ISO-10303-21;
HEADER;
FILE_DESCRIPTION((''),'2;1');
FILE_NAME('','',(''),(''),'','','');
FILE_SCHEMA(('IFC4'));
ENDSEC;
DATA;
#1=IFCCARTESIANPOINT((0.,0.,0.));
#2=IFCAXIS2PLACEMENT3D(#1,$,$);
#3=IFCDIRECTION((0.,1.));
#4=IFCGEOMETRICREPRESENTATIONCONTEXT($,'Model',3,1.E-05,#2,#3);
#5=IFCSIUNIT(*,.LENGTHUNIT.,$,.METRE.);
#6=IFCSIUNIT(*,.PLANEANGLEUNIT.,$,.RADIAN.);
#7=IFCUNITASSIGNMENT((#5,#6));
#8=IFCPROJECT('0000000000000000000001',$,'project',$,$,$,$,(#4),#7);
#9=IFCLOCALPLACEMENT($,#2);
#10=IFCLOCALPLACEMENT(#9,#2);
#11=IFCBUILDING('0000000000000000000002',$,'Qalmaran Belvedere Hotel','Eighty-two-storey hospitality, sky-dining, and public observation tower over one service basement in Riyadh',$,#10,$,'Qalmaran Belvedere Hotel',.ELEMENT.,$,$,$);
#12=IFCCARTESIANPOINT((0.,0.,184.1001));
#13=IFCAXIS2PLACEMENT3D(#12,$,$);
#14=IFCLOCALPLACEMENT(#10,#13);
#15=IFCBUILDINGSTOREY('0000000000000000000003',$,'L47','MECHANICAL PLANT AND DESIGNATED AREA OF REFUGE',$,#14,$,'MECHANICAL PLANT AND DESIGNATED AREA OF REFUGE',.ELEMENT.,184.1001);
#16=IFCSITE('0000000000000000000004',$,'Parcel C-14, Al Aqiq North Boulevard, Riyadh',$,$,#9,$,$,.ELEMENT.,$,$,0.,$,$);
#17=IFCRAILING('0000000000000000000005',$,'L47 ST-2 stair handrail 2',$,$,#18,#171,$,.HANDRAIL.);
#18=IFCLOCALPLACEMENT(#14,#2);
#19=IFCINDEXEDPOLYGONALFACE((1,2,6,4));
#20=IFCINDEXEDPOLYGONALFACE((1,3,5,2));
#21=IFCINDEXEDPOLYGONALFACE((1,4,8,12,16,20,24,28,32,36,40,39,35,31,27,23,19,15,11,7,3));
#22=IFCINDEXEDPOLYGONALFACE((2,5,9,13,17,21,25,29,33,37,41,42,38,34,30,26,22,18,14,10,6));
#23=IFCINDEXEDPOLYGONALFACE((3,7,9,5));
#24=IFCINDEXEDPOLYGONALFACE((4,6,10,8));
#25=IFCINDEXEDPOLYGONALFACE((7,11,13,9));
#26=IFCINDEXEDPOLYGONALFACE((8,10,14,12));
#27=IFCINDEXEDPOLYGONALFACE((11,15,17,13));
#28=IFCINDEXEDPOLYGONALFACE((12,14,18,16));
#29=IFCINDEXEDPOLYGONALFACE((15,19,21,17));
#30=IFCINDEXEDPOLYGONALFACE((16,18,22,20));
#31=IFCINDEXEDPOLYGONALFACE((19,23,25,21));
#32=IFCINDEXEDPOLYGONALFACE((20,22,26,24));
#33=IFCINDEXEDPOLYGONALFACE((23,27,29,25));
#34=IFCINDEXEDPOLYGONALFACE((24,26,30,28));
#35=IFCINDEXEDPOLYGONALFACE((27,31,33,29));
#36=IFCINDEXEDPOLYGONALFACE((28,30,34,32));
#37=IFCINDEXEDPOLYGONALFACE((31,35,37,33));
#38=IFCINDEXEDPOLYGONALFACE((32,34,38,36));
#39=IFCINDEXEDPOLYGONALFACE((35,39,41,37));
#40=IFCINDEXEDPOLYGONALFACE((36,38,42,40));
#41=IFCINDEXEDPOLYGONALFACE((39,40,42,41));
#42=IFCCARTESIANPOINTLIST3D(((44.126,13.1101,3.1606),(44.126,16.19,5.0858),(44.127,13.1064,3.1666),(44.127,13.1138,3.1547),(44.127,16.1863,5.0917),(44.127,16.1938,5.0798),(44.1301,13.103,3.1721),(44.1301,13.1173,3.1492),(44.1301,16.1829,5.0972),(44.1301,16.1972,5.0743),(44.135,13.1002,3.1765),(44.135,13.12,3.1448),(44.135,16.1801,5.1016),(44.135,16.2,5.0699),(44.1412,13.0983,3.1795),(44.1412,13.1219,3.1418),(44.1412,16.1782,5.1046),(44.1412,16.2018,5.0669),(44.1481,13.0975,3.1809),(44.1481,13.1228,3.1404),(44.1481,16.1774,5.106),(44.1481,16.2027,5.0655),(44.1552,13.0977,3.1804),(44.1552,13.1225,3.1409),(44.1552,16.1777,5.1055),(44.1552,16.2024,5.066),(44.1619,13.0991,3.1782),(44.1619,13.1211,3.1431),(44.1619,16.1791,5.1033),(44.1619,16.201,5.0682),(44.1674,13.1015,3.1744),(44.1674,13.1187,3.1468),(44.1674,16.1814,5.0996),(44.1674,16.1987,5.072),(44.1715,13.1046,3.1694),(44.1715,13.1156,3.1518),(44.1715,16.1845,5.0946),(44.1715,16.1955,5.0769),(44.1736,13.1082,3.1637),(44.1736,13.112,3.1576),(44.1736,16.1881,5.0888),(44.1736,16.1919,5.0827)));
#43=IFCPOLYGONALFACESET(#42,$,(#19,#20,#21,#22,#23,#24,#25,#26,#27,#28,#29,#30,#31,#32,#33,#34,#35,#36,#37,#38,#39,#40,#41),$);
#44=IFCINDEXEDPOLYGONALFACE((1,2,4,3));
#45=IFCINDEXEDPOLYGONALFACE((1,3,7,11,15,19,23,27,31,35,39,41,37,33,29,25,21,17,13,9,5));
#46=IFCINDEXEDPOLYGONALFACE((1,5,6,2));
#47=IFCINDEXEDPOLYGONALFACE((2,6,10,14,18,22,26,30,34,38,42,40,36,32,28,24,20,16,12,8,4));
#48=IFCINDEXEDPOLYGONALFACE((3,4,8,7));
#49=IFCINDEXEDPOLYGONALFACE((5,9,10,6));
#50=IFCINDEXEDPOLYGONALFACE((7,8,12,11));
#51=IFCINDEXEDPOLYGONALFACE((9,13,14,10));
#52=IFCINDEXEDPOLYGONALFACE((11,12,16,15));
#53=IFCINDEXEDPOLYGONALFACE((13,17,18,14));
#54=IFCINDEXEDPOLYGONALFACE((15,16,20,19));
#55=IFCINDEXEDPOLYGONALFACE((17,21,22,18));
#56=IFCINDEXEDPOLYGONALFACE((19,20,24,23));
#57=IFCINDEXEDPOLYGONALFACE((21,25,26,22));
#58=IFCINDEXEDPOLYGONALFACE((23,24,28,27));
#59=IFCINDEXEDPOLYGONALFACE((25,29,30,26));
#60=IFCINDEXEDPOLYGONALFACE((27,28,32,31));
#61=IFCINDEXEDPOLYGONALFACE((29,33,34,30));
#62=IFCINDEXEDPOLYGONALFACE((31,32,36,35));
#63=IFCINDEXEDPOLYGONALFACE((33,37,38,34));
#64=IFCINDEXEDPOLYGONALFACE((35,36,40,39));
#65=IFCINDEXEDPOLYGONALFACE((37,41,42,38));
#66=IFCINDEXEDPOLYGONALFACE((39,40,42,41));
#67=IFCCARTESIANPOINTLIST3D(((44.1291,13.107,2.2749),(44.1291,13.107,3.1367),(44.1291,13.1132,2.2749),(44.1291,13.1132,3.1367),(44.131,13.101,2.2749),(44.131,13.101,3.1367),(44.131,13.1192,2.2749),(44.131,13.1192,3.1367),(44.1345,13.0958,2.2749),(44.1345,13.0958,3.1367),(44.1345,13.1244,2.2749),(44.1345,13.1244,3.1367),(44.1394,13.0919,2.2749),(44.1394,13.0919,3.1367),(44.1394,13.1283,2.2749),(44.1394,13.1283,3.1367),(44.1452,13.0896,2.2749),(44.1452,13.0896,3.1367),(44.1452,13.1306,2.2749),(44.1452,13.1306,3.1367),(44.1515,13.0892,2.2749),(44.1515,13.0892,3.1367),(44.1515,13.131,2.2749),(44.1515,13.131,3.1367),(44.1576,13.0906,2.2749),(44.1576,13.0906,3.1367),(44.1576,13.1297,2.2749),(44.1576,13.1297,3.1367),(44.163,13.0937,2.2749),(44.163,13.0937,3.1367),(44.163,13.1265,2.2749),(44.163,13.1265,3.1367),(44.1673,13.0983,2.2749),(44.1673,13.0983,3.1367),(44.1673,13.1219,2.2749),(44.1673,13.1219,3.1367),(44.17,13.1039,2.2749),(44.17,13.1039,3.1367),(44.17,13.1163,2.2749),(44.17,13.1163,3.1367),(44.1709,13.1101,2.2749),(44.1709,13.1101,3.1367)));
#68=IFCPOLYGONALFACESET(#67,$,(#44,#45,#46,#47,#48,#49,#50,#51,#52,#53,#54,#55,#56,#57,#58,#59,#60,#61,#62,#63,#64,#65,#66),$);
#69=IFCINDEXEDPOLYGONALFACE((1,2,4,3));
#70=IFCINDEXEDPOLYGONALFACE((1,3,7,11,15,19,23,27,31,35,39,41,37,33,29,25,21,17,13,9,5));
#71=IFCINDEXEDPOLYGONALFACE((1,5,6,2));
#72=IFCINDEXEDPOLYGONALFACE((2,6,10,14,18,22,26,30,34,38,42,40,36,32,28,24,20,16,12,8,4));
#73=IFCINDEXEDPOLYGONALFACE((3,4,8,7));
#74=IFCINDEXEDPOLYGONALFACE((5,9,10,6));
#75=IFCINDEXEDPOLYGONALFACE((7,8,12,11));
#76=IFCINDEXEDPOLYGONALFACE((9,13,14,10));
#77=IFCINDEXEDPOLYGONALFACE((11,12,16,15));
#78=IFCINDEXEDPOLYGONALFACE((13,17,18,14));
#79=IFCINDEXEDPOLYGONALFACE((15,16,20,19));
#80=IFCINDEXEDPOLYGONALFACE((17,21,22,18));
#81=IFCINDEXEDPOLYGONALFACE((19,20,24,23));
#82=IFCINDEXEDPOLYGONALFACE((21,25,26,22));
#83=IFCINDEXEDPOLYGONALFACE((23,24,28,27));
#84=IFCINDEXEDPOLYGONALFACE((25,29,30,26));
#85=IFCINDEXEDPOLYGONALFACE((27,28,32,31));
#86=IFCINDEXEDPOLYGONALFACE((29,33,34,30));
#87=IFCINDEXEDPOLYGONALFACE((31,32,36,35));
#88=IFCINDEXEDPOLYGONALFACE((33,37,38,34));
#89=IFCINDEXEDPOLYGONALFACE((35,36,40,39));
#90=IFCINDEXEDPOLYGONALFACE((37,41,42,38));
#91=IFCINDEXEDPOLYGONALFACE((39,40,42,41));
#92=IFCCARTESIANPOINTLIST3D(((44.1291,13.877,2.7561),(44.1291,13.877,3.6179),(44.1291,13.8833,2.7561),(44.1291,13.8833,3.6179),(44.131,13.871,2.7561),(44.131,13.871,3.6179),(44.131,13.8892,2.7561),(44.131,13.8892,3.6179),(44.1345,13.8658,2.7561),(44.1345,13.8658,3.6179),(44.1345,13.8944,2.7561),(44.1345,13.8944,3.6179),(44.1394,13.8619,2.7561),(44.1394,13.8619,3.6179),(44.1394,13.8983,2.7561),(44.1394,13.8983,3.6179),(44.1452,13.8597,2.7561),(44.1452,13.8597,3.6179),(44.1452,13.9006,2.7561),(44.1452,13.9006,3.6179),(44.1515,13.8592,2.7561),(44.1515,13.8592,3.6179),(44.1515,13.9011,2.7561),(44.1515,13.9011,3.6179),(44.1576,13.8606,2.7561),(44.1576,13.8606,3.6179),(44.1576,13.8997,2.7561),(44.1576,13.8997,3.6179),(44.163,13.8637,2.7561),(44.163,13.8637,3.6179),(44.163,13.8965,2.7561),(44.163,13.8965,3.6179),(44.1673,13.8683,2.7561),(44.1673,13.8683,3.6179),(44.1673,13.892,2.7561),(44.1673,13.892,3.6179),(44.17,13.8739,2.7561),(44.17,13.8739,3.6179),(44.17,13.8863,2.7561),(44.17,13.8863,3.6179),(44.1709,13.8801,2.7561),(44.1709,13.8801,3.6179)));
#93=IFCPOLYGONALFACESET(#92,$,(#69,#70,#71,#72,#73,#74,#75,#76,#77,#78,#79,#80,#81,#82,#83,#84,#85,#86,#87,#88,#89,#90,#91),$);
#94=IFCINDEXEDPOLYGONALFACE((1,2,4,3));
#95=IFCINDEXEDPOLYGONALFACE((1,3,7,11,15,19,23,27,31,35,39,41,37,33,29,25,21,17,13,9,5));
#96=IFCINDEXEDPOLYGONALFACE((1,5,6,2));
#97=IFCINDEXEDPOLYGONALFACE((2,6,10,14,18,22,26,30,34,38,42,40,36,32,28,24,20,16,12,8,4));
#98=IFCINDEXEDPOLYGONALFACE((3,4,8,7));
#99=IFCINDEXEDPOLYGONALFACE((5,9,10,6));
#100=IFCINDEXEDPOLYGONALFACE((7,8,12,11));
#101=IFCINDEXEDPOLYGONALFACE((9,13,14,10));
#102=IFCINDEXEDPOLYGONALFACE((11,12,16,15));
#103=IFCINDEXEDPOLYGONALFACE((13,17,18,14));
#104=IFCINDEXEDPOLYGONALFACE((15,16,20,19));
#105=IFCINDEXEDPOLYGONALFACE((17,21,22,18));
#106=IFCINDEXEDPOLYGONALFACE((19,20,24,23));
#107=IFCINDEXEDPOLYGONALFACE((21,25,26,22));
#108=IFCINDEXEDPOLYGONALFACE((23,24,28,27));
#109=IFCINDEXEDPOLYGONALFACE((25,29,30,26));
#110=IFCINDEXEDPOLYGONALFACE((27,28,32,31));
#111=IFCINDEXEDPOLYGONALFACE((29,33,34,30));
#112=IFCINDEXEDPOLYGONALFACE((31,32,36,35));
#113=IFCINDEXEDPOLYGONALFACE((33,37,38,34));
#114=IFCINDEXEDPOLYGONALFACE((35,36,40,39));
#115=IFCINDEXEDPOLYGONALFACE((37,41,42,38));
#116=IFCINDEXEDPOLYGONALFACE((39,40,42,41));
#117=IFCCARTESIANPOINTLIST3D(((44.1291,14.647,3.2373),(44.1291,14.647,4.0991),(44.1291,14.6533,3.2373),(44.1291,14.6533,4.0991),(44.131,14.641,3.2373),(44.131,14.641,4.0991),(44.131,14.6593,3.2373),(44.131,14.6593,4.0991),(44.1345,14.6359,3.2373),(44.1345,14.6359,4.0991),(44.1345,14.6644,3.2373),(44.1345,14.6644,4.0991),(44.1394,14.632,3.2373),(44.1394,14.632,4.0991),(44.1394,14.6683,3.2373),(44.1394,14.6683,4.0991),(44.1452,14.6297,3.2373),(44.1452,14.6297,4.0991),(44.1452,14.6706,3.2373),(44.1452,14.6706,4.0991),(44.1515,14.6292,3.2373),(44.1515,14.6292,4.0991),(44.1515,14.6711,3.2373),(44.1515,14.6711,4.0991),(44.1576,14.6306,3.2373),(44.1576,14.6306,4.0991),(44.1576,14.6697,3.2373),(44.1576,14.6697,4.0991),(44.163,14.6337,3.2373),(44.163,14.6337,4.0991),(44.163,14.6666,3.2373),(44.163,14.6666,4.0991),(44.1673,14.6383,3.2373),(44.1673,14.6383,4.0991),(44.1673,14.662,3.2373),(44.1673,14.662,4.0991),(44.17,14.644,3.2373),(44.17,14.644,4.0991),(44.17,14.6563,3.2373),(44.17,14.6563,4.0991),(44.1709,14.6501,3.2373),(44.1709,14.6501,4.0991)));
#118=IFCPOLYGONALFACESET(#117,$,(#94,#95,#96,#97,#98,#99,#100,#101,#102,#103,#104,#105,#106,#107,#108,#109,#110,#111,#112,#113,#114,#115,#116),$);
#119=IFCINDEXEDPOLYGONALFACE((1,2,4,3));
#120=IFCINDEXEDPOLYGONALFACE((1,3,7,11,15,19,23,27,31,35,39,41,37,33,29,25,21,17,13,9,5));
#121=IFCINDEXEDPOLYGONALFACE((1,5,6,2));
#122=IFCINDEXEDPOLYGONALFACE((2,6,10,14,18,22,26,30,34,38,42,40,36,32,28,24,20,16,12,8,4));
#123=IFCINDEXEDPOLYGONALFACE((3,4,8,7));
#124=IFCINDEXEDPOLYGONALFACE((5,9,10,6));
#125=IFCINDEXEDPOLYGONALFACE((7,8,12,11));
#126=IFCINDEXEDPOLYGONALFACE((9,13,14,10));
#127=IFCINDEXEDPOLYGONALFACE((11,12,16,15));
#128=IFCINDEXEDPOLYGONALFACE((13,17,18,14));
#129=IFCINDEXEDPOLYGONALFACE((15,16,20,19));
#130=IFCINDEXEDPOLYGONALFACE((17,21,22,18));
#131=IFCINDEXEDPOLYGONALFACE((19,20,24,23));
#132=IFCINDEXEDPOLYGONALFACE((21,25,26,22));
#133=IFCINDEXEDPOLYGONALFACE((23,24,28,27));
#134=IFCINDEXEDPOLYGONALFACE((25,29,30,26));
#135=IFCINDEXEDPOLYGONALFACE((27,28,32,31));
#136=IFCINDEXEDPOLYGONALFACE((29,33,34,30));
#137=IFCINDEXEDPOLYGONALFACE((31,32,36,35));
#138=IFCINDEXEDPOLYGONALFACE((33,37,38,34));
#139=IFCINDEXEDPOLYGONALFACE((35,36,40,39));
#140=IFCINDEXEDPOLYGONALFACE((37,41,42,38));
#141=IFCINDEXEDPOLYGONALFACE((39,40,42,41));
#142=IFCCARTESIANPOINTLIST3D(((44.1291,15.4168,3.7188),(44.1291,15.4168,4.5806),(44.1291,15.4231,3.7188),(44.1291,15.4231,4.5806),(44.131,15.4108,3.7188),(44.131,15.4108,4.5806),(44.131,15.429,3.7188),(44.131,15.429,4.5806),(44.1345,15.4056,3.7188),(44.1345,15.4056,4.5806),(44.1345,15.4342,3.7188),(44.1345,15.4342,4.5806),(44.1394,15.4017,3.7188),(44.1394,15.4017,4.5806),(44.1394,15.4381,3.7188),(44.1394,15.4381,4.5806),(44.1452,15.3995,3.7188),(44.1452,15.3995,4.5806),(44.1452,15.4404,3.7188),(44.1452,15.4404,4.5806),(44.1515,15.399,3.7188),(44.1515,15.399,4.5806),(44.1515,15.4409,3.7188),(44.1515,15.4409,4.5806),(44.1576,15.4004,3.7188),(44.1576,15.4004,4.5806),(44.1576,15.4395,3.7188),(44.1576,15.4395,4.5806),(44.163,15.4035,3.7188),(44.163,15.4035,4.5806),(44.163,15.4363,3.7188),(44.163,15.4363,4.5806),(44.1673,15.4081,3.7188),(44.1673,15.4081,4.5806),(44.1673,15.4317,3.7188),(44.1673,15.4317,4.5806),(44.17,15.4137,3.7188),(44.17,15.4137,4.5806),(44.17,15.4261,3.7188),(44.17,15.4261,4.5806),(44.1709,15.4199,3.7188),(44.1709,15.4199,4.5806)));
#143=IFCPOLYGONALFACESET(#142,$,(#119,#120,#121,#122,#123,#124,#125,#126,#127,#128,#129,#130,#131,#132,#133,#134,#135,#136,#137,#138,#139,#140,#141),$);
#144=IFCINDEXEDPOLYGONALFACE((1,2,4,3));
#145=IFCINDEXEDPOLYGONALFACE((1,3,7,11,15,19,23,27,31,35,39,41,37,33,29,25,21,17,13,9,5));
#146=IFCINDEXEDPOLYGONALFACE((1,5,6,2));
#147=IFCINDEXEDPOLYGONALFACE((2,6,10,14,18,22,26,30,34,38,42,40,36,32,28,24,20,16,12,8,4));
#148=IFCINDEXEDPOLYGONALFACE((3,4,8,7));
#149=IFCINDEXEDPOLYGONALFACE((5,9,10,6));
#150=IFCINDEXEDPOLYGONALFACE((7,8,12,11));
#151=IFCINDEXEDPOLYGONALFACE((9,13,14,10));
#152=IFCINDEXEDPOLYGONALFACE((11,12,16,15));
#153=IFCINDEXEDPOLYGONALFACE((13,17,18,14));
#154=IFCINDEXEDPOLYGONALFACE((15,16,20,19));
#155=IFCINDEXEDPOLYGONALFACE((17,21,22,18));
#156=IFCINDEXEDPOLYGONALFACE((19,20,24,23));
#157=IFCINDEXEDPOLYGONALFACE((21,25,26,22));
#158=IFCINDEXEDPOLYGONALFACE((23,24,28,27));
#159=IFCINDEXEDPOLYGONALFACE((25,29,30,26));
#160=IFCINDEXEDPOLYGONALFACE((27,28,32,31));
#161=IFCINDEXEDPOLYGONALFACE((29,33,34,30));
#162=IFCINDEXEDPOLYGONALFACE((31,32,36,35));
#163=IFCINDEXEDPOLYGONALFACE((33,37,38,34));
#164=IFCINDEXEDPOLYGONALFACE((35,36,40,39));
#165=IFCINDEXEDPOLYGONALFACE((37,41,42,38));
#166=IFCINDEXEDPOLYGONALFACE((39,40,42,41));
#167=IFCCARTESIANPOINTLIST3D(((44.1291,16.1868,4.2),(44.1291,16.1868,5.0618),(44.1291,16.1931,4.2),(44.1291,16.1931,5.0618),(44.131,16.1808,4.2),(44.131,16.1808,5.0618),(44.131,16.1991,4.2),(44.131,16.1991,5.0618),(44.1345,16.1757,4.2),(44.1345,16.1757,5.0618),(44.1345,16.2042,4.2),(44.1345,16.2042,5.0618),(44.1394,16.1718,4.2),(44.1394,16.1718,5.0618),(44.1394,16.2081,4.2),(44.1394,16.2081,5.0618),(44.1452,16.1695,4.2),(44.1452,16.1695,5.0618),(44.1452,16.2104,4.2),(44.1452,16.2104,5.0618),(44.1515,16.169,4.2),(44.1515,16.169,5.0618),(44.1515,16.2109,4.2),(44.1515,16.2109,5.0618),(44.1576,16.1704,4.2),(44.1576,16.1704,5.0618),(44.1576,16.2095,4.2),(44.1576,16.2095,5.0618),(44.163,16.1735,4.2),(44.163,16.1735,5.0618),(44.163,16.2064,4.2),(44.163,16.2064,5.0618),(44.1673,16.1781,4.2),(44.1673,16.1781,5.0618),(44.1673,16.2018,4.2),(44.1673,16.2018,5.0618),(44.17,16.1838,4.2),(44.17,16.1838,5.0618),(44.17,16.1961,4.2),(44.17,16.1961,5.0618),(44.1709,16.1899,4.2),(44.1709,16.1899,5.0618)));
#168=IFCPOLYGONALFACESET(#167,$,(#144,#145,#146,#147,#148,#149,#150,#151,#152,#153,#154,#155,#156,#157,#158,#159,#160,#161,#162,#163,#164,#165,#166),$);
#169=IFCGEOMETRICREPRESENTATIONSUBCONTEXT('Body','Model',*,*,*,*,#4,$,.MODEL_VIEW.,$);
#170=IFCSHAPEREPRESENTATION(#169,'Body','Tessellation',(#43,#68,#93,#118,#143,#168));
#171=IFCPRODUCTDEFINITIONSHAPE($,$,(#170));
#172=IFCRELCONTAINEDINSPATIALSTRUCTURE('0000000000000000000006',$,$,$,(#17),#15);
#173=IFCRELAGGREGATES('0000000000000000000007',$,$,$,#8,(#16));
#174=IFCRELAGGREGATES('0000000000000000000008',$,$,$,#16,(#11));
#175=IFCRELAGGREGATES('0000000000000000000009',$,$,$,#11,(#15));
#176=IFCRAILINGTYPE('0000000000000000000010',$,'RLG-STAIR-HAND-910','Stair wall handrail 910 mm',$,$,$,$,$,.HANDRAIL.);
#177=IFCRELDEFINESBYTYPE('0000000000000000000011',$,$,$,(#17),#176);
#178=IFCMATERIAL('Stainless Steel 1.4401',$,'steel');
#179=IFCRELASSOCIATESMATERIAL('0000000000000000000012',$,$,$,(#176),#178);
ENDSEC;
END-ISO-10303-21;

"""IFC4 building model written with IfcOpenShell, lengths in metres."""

from ifc_helpers import new_model, si_unit, direction, frame, origin, origin_2d, place, context, subcontext, project, spatial, circle, extrude, material, type_object, element, save


model = new_model("IFC4")

# Units and contexts
model_context = context("Model", 3, precision=1e-05, world=origin(), true_north=direction((0.0, 1.0)))
body_context = subcontext(model_context, "Body", "Model", "MODEL_VIEW")
ifc_project = project(units=[si_unit("LENGTHUNIT", "METRE"), si_unit("PLANEANGLEUNIT", "RADIAN")], contexts=[model_context])

# Site, building, storey
site_placement = place(None, origin())
site = spatial("IfcSite", under=ifc_project, at=site_placement, Name="Parcel C-14, Al Aqiq North Boulevard, Riyadh", CompositionType="ELEMENT", RefElevation=0.0)
building_placement = place(site_placement, origin())
building = spatial("IfcBuilding", under=site, at=building_placement, Name="Qalmaran Belvedere Hotel", Description="Eighty-two-storey hospitality, sky-dining, and public observation tower over one service basement in Riyadh", LongName="Qalmaran Belvedere Hotel", CompositionType="ELEMENT")
storey_placement = place(building_placement, frame((0.0, 0.0, 184.1001)))
storey = spatial("IfcBuildingStorey", under=building, at=storey_placement, Name="L47", Description="MECHANICAL PLANT AND DESIGNATED AREA OF REFUGE", LongName="MECHANICAL PLANT AND DESIGNATED AREA OF REFUGE", CompositionType="ELEMENT", Elevation=184.1001)

# Railing
ifc_material_1 = material(Name="Stainless Steel 1.4401", Category="steel")
railing_type_1 = type_object("IfcRailingType", Name="RLG-STAIR-HAND-910", Description="Stair wall handrail 910 mm", PredefinedType="HANDRAIL", material=ifc_material_1)
for number, where, name in (
    (1, (44.1499, 13.1101, 2.2749), "L47 ST-2 stair handrail 2"),
):
    element("IfcRailing", number, at=place(storey_placement, frame(where)), inside=storey, type_object=railing_type_1, Name=name, PredefinedType="HANDRAIL", context=body_context, shape_type="SweptSolid", body=[
        extrude(circle(Radius=0.0239, at=origin_2d()), frame((0.0, 0.0, 0.8857), z_axis=(0.0, 0.847979, 0.530029), x_axis=(-1.0, 0.0, 0.0)), (0.0, 0.0, 1.0), 3.6321),
        extrude(circle(Radius=0.021, at=origin_2d()), origin(), (0.0, 0.0, 1.0), 0.8618),
        extrude(circle(Radius=0.021, at=origin_2d()), frame((0.0, 0.77, 0.4812)), (0.0, 0.0, 1.0), 0.8618),
        extrude(circle(Radius=0.021, at=origin_2d()), frame((0.0, 1.54, 0.9624)), (0.0, 0.0, 1.0), 0.8618),
        extrude(circle(Radius=0.021, at=origin_2d()), frame((0.0, 2.3098, 1.4438)), (0.0, 0.0, 1.0), 0.8618),
        extrude(circle(Radius=0.021, at=origin_2d()), frame((0.0, 3.0798, 1.925)), (0.0, 0.0, 1.0), 0.8618),
    ])

save(model, "model.ifc")
